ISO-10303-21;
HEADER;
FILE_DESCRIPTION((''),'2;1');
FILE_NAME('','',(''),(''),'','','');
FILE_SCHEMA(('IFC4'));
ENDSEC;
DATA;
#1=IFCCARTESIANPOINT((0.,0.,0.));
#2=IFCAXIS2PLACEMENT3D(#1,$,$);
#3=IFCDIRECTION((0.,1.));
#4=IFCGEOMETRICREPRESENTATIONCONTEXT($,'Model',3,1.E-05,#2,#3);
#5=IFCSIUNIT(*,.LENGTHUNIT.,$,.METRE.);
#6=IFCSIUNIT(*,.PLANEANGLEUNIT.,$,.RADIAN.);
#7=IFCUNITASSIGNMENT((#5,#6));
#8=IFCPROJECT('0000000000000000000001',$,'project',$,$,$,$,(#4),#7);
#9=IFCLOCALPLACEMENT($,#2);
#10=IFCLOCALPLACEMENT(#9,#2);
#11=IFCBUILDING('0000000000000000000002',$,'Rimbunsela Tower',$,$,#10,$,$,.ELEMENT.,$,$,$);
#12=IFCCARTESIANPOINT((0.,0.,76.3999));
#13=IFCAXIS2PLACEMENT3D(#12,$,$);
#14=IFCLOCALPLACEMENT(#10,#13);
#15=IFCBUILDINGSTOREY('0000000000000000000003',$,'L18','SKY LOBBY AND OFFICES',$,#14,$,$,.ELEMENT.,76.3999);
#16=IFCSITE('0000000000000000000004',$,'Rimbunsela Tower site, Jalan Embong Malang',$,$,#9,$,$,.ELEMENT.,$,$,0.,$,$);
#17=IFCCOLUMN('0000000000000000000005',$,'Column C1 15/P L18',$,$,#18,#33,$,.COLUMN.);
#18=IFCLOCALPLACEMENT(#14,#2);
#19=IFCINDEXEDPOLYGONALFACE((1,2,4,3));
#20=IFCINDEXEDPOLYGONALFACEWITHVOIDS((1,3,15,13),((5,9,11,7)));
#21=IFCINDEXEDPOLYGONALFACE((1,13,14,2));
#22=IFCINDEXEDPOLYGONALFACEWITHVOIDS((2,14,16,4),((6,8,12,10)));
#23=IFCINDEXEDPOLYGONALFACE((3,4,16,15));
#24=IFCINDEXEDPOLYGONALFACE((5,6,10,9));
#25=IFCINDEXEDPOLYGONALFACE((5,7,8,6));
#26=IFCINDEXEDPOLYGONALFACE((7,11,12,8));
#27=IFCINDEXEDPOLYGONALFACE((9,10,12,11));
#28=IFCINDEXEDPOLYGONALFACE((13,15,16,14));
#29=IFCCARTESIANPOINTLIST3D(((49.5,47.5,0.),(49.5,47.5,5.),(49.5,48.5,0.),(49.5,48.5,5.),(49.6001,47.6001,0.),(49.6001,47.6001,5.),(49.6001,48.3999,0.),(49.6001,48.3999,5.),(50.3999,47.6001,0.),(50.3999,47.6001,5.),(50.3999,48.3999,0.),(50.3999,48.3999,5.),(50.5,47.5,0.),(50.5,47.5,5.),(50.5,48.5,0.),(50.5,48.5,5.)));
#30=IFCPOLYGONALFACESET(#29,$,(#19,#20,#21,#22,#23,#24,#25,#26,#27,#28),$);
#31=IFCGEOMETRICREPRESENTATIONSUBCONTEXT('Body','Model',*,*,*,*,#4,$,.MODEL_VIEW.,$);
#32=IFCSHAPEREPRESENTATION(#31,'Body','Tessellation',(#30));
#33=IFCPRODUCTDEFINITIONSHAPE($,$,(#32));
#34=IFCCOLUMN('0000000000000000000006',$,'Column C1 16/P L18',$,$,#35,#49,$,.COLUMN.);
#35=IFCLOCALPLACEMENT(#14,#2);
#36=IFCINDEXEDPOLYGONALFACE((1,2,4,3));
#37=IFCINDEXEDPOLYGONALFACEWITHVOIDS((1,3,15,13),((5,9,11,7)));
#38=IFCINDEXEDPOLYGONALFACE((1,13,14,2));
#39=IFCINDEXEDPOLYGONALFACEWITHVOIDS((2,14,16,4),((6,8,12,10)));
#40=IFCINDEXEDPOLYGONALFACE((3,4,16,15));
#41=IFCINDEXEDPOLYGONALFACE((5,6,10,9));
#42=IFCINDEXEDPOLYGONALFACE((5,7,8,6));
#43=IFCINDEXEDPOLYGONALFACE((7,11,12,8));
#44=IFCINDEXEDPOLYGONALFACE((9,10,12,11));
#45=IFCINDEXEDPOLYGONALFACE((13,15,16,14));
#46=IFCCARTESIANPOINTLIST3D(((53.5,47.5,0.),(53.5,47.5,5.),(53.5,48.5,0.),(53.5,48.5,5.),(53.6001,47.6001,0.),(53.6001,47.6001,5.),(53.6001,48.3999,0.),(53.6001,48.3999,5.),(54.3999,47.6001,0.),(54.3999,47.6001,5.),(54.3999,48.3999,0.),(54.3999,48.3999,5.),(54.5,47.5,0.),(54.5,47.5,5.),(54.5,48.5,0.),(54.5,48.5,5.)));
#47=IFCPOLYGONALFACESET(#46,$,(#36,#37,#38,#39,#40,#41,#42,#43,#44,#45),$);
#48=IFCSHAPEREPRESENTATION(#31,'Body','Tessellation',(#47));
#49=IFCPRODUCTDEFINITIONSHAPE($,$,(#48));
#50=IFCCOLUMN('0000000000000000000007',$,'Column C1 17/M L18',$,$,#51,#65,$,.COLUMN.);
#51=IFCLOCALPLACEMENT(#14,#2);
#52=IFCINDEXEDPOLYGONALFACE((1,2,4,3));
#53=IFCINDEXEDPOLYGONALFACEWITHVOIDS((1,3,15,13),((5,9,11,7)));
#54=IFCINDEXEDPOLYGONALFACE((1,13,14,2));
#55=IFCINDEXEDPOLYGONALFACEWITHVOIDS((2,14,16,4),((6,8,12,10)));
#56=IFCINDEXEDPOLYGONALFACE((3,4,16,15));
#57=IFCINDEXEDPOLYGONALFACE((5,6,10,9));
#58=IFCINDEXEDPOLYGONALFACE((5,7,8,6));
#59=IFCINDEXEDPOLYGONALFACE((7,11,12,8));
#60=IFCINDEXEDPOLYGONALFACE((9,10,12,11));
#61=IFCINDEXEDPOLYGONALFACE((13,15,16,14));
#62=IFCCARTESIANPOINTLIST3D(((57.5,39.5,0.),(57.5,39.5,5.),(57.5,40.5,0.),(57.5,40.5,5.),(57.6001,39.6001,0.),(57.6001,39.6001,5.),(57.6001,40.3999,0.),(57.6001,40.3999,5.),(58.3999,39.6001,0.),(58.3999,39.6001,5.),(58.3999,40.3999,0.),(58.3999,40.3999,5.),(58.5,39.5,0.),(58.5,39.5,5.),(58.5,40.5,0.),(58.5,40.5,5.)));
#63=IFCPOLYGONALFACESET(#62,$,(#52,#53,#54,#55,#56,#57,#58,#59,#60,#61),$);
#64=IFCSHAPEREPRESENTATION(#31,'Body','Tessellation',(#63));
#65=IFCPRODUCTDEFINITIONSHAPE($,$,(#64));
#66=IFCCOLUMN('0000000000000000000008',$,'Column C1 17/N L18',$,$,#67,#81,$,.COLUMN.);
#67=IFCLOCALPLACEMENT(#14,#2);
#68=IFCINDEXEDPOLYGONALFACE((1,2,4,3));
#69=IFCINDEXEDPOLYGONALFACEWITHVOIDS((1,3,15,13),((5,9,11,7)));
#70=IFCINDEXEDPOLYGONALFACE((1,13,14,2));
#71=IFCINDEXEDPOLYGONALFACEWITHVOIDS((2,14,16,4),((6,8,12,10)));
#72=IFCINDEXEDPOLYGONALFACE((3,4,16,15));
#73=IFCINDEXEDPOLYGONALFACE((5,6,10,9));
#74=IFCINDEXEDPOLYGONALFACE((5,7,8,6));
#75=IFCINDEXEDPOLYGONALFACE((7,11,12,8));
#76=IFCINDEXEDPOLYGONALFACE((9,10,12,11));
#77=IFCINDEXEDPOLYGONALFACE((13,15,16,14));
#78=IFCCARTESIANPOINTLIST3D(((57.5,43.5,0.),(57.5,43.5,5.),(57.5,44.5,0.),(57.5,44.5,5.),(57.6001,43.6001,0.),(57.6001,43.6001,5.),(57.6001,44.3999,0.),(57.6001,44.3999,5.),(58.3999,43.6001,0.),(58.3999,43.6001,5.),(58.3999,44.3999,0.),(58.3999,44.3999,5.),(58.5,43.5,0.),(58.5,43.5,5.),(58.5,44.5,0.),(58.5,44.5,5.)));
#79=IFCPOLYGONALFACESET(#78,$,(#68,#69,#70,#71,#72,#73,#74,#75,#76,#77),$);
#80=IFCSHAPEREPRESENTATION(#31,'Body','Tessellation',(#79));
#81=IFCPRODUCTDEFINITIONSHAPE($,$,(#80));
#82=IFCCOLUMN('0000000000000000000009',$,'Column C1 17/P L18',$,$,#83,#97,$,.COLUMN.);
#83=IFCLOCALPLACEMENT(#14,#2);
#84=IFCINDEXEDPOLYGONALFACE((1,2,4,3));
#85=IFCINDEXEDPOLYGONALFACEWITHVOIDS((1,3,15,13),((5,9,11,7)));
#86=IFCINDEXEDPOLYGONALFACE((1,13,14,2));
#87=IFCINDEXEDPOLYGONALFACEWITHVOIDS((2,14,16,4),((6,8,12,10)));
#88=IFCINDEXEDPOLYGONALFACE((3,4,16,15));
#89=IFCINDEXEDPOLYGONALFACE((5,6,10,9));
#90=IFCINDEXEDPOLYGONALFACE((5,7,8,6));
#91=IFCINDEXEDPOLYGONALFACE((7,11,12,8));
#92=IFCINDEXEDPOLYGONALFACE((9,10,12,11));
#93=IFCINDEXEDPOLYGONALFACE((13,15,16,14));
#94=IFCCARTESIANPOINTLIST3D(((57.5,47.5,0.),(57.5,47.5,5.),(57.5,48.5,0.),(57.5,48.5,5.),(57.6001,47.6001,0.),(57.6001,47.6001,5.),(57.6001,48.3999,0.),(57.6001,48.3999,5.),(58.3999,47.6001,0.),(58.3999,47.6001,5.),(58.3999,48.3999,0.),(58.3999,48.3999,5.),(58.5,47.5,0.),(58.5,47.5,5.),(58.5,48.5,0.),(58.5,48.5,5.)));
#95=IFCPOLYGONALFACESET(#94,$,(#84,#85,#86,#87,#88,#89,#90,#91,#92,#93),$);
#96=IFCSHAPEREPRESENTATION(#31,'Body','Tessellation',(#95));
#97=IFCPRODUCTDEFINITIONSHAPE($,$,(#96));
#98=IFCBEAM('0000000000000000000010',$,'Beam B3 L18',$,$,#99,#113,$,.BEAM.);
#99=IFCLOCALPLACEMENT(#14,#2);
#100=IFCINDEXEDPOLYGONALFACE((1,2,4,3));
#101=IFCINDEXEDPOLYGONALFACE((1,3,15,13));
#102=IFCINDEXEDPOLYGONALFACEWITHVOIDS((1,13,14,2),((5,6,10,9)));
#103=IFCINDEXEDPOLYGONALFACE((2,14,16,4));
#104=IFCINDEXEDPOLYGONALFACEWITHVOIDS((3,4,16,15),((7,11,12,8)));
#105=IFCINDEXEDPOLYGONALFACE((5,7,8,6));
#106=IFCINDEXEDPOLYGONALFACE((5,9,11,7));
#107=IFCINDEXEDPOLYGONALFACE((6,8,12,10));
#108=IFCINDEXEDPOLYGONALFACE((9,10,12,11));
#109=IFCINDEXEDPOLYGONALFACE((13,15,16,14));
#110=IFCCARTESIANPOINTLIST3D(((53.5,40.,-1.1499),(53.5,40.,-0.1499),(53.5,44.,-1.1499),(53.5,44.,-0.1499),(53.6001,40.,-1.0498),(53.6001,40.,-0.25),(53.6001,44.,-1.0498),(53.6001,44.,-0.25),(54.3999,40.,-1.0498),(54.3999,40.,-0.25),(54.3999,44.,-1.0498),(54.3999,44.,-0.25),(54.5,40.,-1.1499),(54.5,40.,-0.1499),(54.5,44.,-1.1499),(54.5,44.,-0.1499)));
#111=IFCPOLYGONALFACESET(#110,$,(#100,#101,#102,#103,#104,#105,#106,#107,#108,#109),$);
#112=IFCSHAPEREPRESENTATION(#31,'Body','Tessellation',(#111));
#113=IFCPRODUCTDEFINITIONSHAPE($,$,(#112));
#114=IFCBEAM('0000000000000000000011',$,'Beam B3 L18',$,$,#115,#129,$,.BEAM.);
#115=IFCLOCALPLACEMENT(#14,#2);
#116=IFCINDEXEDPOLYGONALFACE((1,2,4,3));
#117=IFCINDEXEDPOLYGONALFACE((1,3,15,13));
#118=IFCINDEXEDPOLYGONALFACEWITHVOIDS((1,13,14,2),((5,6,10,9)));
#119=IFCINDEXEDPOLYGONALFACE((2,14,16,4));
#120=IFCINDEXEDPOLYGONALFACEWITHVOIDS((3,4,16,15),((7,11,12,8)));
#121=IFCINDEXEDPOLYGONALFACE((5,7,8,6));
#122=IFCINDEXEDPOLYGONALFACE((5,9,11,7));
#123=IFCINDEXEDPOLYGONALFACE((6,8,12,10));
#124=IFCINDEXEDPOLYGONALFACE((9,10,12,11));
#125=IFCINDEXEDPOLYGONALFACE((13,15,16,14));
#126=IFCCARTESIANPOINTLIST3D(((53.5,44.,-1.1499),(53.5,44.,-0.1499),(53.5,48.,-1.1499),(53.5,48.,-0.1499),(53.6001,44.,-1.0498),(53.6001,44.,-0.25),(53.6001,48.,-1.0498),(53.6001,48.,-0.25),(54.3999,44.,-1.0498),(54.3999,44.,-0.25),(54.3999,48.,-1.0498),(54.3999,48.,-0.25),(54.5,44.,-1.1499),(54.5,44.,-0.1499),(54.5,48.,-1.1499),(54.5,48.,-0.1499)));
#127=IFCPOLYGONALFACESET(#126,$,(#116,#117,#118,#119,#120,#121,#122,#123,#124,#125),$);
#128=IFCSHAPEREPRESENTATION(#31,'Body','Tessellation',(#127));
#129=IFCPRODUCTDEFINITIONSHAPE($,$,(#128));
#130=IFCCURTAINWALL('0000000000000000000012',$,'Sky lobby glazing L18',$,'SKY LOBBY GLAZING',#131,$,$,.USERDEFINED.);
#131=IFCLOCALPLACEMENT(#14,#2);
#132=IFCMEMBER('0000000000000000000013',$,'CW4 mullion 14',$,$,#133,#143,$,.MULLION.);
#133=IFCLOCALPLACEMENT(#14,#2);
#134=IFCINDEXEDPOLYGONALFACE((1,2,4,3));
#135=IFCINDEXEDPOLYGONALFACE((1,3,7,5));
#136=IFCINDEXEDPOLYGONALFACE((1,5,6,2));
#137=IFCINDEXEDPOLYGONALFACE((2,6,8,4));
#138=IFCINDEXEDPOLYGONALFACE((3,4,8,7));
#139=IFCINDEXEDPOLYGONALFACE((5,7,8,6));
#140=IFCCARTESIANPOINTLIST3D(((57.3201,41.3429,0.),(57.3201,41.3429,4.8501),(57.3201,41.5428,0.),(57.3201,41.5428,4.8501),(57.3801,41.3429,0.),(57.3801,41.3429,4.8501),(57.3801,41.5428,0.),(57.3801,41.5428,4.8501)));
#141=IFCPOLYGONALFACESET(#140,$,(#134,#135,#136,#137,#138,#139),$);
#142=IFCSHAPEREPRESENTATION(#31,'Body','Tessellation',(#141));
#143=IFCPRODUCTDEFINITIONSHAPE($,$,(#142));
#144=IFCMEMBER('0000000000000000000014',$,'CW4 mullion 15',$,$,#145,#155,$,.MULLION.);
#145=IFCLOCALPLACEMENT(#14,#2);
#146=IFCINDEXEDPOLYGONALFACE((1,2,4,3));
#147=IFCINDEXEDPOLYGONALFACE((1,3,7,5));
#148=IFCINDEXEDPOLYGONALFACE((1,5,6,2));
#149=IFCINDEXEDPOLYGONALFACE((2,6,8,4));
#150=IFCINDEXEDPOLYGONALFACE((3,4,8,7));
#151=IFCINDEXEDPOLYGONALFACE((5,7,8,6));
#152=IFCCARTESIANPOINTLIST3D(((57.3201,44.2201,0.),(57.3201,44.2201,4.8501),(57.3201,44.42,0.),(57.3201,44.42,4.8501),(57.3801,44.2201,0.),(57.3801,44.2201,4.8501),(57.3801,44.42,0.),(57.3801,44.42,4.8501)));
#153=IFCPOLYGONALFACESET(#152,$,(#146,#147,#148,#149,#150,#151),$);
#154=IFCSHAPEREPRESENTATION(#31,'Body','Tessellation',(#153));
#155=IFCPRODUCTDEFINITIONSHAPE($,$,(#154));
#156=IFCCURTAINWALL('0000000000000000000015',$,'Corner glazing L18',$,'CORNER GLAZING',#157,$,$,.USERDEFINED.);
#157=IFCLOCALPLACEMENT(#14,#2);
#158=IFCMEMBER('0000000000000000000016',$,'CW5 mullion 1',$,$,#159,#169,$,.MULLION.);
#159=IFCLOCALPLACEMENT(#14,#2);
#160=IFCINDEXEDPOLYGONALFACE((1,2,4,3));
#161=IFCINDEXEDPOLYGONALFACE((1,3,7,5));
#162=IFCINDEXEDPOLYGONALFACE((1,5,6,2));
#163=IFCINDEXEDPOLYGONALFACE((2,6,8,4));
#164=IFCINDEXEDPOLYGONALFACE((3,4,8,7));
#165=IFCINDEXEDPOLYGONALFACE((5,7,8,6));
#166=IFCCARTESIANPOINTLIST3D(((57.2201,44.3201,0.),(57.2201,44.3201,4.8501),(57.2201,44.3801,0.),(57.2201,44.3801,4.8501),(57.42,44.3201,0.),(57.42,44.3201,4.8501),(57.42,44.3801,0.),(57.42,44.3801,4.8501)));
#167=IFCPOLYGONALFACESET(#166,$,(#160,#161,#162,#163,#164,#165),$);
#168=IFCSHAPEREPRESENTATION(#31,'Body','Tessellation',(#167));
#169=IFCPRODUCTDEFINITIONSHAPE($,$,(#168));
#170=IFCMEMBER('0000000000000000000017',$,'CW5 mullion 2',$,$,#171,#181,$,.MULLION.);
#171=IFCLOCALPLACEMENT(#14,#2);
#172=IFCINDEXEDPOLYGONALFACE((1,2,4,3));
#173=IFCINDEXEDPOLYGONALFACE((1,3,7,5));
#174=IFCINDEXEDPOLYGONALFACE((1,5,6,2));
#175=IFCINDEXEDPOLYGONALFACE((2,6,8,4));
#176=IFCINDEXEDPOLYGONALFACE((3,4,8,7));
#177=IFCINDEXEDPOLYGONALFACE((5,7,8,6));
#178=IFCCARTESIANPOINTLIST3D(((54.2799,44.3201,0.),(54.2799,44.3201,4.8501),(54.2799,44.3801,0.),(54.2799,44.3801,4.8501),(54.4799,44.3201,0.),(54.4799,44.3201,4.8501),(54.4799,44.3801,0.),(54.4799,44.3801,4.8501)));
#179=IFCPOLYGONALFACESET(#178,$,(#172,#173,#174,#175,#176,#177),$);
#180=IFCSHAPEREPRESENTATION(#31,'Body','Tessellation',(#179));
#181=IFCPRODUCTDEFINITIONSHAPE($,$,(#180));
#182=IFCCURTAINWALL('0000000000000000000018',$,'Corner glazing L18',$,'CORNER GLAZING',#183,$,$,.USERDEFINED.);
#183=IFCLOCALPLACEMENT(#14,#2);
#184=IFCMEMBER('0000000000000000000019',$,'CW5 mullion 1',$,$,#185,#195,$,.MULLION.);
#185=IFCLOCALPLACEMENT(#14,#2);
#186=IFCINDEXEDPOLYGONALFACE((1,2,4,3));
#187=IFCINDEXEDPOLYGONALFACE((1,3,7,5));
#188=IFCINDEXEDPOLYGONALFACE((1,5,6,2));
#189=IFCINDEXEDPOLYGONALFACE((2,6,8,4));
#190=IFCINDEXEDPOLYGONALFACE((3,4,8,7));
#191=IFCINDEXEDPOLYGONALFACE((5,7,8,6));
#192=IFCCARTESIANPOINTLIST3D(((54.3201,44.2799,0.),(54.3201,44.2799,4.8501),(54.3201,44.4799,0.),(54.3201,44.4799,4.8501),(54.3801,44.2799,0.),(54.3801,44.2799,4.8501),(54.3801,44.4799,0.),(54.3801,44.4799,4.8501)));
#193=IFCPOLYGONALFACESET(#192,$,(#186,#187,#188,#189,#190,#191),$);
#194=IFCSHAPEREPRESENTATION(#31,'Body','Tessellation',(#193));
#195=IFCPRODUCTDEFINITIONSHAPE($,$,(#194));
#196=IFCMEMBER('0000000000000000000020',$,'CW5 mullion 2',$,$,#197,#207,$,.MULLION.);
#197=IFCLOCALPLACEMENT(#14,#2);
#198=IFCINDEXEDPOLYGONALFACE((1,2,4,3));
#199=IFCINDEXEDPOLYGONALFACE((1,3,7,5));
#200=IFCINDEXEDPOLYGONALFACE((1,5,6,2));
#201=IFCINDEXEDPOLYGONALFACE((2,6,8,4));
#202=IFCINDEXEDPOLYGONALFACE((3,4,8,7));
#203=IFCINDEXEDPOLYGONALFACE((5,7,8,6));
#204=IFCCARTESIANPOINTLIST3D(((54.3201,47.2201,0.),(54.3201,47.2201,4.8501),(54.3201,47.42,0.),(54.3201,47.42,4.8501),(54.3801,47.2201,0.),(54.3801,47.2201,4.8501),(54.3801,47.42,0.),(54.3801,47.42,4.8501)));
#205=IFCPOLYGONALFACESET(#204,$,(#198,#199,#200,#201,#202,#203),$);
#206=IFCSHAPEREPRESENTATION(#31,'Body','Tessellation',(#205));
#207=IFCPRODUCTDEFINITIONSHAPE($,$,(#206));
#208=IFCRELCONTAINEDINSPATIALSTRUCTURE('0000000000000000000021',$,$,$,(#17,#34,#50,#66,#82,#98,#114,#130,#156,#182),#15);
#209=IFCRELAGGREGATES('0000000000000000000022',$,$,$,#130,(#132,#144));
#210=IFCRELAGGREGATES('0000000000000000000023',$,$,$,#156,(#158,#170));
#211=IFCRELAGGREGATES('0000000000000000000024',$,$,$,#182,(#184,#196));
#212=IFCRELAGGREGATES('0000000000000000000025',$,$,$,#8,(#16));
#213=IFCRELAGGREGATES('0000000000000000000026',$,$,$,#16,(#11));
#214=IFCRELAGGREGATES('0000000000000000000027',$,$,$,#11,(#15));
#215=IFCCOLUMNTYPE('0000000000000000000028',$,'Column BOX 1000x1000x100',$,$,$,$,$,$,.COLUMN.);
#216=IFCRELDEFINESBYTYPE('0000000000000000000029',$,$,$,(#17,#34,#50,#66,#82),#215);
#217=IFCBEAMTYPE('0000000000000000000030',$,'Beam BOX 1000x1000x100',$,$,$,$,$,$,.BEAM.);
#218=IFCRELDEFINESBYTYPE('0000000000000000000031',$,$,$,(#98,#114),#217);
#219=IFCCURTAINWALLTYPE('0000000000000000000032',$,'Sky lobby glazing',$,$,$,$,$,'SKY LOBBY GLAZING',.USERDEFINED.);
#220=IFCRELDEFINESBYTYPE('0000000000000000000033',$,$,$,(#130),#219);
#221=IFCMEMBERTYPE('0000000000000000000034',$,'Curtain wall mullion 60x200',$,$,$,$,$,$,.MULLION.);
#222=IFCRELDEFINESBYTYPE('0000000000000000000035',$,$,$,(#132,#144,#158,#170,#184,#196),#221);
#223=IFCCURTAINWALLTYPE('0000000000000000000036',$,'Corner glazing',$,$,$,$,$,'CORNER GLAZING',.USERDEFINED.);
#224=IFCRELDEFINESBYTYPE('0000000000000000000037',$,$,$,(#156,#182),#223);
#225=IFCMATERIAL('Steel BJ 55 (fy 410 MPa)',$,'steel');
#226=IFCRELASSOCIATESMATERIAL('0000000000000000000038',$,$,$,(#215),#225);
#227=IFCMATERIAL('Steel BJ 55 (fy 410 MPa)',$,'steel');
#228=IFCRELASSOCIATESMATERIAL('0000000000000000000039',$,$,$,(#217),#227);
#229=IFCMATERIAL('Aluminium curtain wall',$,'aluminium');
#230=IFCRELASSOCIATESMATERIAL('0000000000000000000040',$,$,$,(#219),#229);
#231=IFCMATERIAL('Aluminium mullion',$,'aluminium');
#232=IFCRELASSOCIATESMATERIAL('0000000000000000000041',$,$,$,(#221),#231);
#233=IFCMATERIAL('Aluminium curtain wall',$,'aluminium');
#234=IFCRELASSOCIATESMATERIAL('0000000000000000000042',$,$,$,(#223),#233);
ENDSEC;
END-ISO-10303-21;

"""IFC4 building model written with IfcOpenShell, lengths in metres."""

from ifc_helpers import new_model, si_unit, direction, frame, origin, origin_2d, place, context, subcontext, project, spatial, rectangle, hollow_rectangle, extrude, material, material_profile, profile_set, type_object, element, aggregate, save


model = new_model("IFC4")

# Units and contexts
model_context = context("Model", 3, precision=1e-05, world=origin(), true_north=direction((0.0, 1.0)))
body_context = subcontext(model_context, "Body", "Model", "MODEL_VIEW")
ifc_project = project(units=[si_unit("LENGTHUNIT", "METRE"), si_unit("PLANEANGLEUNIT", "RADIAN")], contexts=[model_context])

# Site, building, storey
site_placement = place(None, origin())
site = spatial("IfcSite", under=ifc_project, at=site_placement, Name="Rimbunsela Tower site, Jalan Embong Malang", CompositionType="ELEMENT", RefElevation=0.0)
building_placement = place(site_placement, origin())
building = spatial("IfcBuilding", under=site, at=building_placement, Name="Rimbunsela Tower", CompositionType="ELEMENT")
storey_placement = place(building_placement, frame((0.0, 0.0, 76.3999)))
storey = spatial("IfcBuildingStorey", under=building, at=storey_placement, Name="L18", Description="SKY LOBBY AND OFFICES", CompositionType="ELEMENT", Elevation=76.3999)

# Columns
ifc_material_1 = material(Name="Steel BJ 55 (fy 410 MPa)", Category="steel")
ifc_material_profile_1 = material_profile(ifc_material_1, hollow_rectangle(XDim=1.0, YDim=1.0, WallThickness=0.1001, at=origin_2d()), Name="BOX 1000x1000x100")
ifc_profile_set_1 = profile_set([ifc_material_profile_1], Name="Steel BJ 55 (fy 410 MPa)")
column_type = type_object("IfcColumnType", Name="Column BOX 1000x1000x100", PredefinedType="COLUMN", material=ifc_profile_set_1)
for number, where, z_axis, x_axis, name in (
    (1, (50.0, 48.0, 0.0), (0.0, 0.0, 1.0), (1.0, 0.0, 0.0), "Column C1 15/P L18"),
    (2, (54.0, 48.0, 0.0), (0.0, 0.0, 1.0), (1.0, 0.0, 0.0), "Column C1 16/P L18"),
    (3, (58.0, 40.0, 0.0), (0.0, 0.0, 1.0), (1.0, 0.0, 0.0), "Column C1 17/M L18"),
    (4, (58.0, 44.0, 0.0), (0.0, 0.0, 1.0), (1.0, 0.0, 0.0), "Column C1 17/N L18"),
    (5, (58.0, 48.0, 0.0), (0.0, 0.0, 1.0), (1.0, 0.0, 0.0), "Column C1 17/P L18"),
):
    element("IfcColumn", number, at=place(storey_placement, frame(where, z_axis=z_axis, x_axis=x_axis)), inside=storey, type_object=column_type, Name=name, PredefinedType="COLUMN", context=body_context, shape_type="SweptSolid", body=[
        extrude(hollow_rectangle(XDim=1.0, YDim=1.0, WallThickness=0.1001, at=origin_2d()), origin(), (0.0, 0.0, 1.0), 5.0),
    ])

# Beams
ifc_material_2 = material(Name="Steel BJ 55 (fy 410 MPa)", Category="steel")
ifc_material_profile_2 = material_profile(ifc_material_2, hollow_rectangle(XDim=1.0, YDim=1.0, WallThickness=0.1001, at=origin_2d()), Name="BOX 1000x1000x100")
ifc_profile_set_2 = profile_set([ifc_material_profile_2], Name="Steel BJ 55 (fy 410 MPa)")
beam_type = type_object("IfcBeamType", Name="Beam BOX 1000x1000x100", PredefinedType="BEAM", material=ifc_profile_set_2)
for number, where, z_axis, x_axis, name in (
    (6, (54.0, 40.0, -0.6499), (0.0, 1.0, 0.0), (-1.0, 0.0, 0.0), "Beam B3 L18"),
    (7, (54.0, 44.0, -0.6499), (0.0, 1.0, 0.0), (-1.0, 0.0, 0.0), "Beam B3 L18"),
):
    element("IfcBeam", number, at=place(storey_placement, frame(where, z_axis=z_axis, x_axis=x_axis)), inside=storey, type_object=beam_type, Name=name, PredefinedType="BEAM", context=body_context, shape_type="SweptSolid", body=[
        extrude(hollow_rectangle(XDim=1.0, YDim=1.0, WallThickness=0.1001, at=origin_2d()), origin(), (0.0, 0.0, 1.0), 4.0),
    ])

# Curtain walls, members
ifc_material_3 = material(Name="Aluminium curtain wall", Category="aluminium")
curtain_wall_type_1 = type_object("IfcCurtainWallType", Name="Sky lobby glazing", ElementType="SKY LOBBY GLAZING", PredefinedType="USERDEFINED", material=ifc_material_3)
curtain_wall_1_placement = place(storey_placement, origin())
curtain_wall_1 = element("IfcCurtainWall", 8, at=curtain_wall_1_placement, inside=storey, type_object=curtain_wall_type_1, Name="Sky lobby glazing L18", ObjectType="SKY LOBBY GLAZING", PredefinedType="USERDEFINED")
ifc_material_4 = material(Name="Aluminium mullion", Category="aluminium")
ifc_material_profile_3 = material_profile(ifc_material_4, rectangle(XDim=0.0601, YDim=0.2, at=origin_2d()), Name="Mullion 60x200")
ifc_profile_set_3 = profile_set([ifc_material_profile_3], Name="Aluminium mullion")
member_type_1 = type_object("IfcMemberType", Name="Curtain wall mullion 60x200", PredefinedType="MULLION", material=ifc_profile_set_3)
member_1_placement = place(storey_placement, frame((57.3501, 41.4429, 0.0), z_axis=(0.0, 0.0, 1.0), x_axis=(-1.0, 0.0, 0.0)))
member_1 = element("IfcMember", 9, at=member_1_placement, type_object=member_type_1, Name="CW4 mullion 14", PredefinedType="MULLION", context=body_context, shape_type="SweptSolid", body=[
    extrude(rectangle(XDim=0.0601, YDim=0.2, at=origin_2d()), origin(), (0.0, 0.0, 1.0), 4.8501),
])
member_2_placement = place(storey_placement, frame((57.3501, 44.3201, 0.0), z_axis=(0.0, 0.0, 1.0), x_axis=(-1.0, 0.0, 0.0)))
member_2 = element("IfcMember", 10, at=member_2_placement, type_object=member_type_1, Name="CW4 mullion 15", PredefinedType="MULLION", context=body_context, shape_type="SweptSolid", body=[
    extrude(rectangle(XDim=0.0601, YDim=0.2, at=origin_2d()), origin(), (0.0, 0.0, 1.0), 4.8501),
])
ifc_material_5 = material(Name="Aluminium curtain wall", Category="aluminium")
curtain_wall_type_2 = type_object("IfcCurtainWallType", Name="Corner glazing", ElementType="CORNER GLAZING", PredefinedType="USERDEFINED", material=ifc_material_5)
curtain_wall_2_placement = place(storey_placement, origin())
curtain_wall_2 = element("IfcCurtainWall", 11, at=curtain_wall_2_placement, inside=storey, type_object=curtain_wall_type_2, Name="Corner glazing L18", ObjectType="CORNER GLAZING", PredefinedType="USERDEFINED")
member_3_placement = place(storey_placement, frame((57.3201, 44.3501, 0.0), z_axis=(0.0, 0.0, 1.0), x_axis=(0.0, -1.0, 0.0)))
member_3 = element("IfcMember", 12, at=member_3_placement, type_object=member_type_1, Name="CW5 mullion 1", PredefinedType="MULLION", context=body_context, shape_type="SweptSolid", body=[
    extrude(rectangle(XDim=0.0601, YDim=0.2, at=origin_2d()), origin(), (0.0, 0.0, 1.0), 4.8501),
])
member_4_placement = place(storey_placement, frame((54.3799, 44.3501, 0.0), z_axis=(0.0, 0.0, 1.0), x_axis=(0.0, -1.0, 0.0)))
member_4 = element("IfcMember", 13, at=member_4_placement, type_object=member_type_1, Name="CW5 mullion 2", PredefinedType="MULLION", context=body_context, shape_type="SweptSolid", body=[
    extrude(rectangle(XDim=0.0601, YDim=0.2, at=origin_2d()), origin(), (0.0, 0.0, 1.0), 4.8501),
])
curtain_wall_3_placement = place(storey_placement, origin())
curtain_wall_3 = element("IfcCurtainWall", 14, at=curtain_wall_3_placement, inside=storey, type_object=curtain_wall_type_2, Name="Corner glazing L18", ObjectType="CORNER GLAZING", PredefinedType="USERDEFINED")
member_5_placement = place(storey_placement, frame((54.3501, 44.3799, 0.0), z_axis=(0.0, 0.0, 1.0), x_axis=(-1.0, 0.0, 0.0)))
member_5 = element("IfcMember", 15, at=member_5_placement, type_object=member_type_1, Name="CW5 mullion 1", PredefinedType="MULLION", context=body_context, shape_type="SweptSolid", body=[
    extrude(rectangle(XDim=0.0601, YDim=0.2, at=origin_2d()), origin(), (0.0, 0.0, 1.0), 4.8501),
])
member_6_placement = place(storey_placement, frame((54.3501, 47.3201, 0.0), z_axis=(0.0, 0.0, 1.0), x_axis=(-1.0, 0.0, 0.0)))
member_6 = element("IfcMember", 16, at=member_6_placement, type_object=member_type_1, Name="CW5 mullion 2", PredefinedType="MULLION", context=body_context, shape_type="SweptSolid", body=[
    extrude(rectangle(XDim=0.0601, YDim=0.2, at=origin_2d()), origin(), (0.0, 0.0, 1.0), 4.8501),
])

aggregate(curtain_wall_1, [member_1, member_2])
aggregate(curtain_wall_2, [member_3, member_4])
aggregate(curtain_wall_3, [member_5, member_6])

save(model, "model.ifc")
